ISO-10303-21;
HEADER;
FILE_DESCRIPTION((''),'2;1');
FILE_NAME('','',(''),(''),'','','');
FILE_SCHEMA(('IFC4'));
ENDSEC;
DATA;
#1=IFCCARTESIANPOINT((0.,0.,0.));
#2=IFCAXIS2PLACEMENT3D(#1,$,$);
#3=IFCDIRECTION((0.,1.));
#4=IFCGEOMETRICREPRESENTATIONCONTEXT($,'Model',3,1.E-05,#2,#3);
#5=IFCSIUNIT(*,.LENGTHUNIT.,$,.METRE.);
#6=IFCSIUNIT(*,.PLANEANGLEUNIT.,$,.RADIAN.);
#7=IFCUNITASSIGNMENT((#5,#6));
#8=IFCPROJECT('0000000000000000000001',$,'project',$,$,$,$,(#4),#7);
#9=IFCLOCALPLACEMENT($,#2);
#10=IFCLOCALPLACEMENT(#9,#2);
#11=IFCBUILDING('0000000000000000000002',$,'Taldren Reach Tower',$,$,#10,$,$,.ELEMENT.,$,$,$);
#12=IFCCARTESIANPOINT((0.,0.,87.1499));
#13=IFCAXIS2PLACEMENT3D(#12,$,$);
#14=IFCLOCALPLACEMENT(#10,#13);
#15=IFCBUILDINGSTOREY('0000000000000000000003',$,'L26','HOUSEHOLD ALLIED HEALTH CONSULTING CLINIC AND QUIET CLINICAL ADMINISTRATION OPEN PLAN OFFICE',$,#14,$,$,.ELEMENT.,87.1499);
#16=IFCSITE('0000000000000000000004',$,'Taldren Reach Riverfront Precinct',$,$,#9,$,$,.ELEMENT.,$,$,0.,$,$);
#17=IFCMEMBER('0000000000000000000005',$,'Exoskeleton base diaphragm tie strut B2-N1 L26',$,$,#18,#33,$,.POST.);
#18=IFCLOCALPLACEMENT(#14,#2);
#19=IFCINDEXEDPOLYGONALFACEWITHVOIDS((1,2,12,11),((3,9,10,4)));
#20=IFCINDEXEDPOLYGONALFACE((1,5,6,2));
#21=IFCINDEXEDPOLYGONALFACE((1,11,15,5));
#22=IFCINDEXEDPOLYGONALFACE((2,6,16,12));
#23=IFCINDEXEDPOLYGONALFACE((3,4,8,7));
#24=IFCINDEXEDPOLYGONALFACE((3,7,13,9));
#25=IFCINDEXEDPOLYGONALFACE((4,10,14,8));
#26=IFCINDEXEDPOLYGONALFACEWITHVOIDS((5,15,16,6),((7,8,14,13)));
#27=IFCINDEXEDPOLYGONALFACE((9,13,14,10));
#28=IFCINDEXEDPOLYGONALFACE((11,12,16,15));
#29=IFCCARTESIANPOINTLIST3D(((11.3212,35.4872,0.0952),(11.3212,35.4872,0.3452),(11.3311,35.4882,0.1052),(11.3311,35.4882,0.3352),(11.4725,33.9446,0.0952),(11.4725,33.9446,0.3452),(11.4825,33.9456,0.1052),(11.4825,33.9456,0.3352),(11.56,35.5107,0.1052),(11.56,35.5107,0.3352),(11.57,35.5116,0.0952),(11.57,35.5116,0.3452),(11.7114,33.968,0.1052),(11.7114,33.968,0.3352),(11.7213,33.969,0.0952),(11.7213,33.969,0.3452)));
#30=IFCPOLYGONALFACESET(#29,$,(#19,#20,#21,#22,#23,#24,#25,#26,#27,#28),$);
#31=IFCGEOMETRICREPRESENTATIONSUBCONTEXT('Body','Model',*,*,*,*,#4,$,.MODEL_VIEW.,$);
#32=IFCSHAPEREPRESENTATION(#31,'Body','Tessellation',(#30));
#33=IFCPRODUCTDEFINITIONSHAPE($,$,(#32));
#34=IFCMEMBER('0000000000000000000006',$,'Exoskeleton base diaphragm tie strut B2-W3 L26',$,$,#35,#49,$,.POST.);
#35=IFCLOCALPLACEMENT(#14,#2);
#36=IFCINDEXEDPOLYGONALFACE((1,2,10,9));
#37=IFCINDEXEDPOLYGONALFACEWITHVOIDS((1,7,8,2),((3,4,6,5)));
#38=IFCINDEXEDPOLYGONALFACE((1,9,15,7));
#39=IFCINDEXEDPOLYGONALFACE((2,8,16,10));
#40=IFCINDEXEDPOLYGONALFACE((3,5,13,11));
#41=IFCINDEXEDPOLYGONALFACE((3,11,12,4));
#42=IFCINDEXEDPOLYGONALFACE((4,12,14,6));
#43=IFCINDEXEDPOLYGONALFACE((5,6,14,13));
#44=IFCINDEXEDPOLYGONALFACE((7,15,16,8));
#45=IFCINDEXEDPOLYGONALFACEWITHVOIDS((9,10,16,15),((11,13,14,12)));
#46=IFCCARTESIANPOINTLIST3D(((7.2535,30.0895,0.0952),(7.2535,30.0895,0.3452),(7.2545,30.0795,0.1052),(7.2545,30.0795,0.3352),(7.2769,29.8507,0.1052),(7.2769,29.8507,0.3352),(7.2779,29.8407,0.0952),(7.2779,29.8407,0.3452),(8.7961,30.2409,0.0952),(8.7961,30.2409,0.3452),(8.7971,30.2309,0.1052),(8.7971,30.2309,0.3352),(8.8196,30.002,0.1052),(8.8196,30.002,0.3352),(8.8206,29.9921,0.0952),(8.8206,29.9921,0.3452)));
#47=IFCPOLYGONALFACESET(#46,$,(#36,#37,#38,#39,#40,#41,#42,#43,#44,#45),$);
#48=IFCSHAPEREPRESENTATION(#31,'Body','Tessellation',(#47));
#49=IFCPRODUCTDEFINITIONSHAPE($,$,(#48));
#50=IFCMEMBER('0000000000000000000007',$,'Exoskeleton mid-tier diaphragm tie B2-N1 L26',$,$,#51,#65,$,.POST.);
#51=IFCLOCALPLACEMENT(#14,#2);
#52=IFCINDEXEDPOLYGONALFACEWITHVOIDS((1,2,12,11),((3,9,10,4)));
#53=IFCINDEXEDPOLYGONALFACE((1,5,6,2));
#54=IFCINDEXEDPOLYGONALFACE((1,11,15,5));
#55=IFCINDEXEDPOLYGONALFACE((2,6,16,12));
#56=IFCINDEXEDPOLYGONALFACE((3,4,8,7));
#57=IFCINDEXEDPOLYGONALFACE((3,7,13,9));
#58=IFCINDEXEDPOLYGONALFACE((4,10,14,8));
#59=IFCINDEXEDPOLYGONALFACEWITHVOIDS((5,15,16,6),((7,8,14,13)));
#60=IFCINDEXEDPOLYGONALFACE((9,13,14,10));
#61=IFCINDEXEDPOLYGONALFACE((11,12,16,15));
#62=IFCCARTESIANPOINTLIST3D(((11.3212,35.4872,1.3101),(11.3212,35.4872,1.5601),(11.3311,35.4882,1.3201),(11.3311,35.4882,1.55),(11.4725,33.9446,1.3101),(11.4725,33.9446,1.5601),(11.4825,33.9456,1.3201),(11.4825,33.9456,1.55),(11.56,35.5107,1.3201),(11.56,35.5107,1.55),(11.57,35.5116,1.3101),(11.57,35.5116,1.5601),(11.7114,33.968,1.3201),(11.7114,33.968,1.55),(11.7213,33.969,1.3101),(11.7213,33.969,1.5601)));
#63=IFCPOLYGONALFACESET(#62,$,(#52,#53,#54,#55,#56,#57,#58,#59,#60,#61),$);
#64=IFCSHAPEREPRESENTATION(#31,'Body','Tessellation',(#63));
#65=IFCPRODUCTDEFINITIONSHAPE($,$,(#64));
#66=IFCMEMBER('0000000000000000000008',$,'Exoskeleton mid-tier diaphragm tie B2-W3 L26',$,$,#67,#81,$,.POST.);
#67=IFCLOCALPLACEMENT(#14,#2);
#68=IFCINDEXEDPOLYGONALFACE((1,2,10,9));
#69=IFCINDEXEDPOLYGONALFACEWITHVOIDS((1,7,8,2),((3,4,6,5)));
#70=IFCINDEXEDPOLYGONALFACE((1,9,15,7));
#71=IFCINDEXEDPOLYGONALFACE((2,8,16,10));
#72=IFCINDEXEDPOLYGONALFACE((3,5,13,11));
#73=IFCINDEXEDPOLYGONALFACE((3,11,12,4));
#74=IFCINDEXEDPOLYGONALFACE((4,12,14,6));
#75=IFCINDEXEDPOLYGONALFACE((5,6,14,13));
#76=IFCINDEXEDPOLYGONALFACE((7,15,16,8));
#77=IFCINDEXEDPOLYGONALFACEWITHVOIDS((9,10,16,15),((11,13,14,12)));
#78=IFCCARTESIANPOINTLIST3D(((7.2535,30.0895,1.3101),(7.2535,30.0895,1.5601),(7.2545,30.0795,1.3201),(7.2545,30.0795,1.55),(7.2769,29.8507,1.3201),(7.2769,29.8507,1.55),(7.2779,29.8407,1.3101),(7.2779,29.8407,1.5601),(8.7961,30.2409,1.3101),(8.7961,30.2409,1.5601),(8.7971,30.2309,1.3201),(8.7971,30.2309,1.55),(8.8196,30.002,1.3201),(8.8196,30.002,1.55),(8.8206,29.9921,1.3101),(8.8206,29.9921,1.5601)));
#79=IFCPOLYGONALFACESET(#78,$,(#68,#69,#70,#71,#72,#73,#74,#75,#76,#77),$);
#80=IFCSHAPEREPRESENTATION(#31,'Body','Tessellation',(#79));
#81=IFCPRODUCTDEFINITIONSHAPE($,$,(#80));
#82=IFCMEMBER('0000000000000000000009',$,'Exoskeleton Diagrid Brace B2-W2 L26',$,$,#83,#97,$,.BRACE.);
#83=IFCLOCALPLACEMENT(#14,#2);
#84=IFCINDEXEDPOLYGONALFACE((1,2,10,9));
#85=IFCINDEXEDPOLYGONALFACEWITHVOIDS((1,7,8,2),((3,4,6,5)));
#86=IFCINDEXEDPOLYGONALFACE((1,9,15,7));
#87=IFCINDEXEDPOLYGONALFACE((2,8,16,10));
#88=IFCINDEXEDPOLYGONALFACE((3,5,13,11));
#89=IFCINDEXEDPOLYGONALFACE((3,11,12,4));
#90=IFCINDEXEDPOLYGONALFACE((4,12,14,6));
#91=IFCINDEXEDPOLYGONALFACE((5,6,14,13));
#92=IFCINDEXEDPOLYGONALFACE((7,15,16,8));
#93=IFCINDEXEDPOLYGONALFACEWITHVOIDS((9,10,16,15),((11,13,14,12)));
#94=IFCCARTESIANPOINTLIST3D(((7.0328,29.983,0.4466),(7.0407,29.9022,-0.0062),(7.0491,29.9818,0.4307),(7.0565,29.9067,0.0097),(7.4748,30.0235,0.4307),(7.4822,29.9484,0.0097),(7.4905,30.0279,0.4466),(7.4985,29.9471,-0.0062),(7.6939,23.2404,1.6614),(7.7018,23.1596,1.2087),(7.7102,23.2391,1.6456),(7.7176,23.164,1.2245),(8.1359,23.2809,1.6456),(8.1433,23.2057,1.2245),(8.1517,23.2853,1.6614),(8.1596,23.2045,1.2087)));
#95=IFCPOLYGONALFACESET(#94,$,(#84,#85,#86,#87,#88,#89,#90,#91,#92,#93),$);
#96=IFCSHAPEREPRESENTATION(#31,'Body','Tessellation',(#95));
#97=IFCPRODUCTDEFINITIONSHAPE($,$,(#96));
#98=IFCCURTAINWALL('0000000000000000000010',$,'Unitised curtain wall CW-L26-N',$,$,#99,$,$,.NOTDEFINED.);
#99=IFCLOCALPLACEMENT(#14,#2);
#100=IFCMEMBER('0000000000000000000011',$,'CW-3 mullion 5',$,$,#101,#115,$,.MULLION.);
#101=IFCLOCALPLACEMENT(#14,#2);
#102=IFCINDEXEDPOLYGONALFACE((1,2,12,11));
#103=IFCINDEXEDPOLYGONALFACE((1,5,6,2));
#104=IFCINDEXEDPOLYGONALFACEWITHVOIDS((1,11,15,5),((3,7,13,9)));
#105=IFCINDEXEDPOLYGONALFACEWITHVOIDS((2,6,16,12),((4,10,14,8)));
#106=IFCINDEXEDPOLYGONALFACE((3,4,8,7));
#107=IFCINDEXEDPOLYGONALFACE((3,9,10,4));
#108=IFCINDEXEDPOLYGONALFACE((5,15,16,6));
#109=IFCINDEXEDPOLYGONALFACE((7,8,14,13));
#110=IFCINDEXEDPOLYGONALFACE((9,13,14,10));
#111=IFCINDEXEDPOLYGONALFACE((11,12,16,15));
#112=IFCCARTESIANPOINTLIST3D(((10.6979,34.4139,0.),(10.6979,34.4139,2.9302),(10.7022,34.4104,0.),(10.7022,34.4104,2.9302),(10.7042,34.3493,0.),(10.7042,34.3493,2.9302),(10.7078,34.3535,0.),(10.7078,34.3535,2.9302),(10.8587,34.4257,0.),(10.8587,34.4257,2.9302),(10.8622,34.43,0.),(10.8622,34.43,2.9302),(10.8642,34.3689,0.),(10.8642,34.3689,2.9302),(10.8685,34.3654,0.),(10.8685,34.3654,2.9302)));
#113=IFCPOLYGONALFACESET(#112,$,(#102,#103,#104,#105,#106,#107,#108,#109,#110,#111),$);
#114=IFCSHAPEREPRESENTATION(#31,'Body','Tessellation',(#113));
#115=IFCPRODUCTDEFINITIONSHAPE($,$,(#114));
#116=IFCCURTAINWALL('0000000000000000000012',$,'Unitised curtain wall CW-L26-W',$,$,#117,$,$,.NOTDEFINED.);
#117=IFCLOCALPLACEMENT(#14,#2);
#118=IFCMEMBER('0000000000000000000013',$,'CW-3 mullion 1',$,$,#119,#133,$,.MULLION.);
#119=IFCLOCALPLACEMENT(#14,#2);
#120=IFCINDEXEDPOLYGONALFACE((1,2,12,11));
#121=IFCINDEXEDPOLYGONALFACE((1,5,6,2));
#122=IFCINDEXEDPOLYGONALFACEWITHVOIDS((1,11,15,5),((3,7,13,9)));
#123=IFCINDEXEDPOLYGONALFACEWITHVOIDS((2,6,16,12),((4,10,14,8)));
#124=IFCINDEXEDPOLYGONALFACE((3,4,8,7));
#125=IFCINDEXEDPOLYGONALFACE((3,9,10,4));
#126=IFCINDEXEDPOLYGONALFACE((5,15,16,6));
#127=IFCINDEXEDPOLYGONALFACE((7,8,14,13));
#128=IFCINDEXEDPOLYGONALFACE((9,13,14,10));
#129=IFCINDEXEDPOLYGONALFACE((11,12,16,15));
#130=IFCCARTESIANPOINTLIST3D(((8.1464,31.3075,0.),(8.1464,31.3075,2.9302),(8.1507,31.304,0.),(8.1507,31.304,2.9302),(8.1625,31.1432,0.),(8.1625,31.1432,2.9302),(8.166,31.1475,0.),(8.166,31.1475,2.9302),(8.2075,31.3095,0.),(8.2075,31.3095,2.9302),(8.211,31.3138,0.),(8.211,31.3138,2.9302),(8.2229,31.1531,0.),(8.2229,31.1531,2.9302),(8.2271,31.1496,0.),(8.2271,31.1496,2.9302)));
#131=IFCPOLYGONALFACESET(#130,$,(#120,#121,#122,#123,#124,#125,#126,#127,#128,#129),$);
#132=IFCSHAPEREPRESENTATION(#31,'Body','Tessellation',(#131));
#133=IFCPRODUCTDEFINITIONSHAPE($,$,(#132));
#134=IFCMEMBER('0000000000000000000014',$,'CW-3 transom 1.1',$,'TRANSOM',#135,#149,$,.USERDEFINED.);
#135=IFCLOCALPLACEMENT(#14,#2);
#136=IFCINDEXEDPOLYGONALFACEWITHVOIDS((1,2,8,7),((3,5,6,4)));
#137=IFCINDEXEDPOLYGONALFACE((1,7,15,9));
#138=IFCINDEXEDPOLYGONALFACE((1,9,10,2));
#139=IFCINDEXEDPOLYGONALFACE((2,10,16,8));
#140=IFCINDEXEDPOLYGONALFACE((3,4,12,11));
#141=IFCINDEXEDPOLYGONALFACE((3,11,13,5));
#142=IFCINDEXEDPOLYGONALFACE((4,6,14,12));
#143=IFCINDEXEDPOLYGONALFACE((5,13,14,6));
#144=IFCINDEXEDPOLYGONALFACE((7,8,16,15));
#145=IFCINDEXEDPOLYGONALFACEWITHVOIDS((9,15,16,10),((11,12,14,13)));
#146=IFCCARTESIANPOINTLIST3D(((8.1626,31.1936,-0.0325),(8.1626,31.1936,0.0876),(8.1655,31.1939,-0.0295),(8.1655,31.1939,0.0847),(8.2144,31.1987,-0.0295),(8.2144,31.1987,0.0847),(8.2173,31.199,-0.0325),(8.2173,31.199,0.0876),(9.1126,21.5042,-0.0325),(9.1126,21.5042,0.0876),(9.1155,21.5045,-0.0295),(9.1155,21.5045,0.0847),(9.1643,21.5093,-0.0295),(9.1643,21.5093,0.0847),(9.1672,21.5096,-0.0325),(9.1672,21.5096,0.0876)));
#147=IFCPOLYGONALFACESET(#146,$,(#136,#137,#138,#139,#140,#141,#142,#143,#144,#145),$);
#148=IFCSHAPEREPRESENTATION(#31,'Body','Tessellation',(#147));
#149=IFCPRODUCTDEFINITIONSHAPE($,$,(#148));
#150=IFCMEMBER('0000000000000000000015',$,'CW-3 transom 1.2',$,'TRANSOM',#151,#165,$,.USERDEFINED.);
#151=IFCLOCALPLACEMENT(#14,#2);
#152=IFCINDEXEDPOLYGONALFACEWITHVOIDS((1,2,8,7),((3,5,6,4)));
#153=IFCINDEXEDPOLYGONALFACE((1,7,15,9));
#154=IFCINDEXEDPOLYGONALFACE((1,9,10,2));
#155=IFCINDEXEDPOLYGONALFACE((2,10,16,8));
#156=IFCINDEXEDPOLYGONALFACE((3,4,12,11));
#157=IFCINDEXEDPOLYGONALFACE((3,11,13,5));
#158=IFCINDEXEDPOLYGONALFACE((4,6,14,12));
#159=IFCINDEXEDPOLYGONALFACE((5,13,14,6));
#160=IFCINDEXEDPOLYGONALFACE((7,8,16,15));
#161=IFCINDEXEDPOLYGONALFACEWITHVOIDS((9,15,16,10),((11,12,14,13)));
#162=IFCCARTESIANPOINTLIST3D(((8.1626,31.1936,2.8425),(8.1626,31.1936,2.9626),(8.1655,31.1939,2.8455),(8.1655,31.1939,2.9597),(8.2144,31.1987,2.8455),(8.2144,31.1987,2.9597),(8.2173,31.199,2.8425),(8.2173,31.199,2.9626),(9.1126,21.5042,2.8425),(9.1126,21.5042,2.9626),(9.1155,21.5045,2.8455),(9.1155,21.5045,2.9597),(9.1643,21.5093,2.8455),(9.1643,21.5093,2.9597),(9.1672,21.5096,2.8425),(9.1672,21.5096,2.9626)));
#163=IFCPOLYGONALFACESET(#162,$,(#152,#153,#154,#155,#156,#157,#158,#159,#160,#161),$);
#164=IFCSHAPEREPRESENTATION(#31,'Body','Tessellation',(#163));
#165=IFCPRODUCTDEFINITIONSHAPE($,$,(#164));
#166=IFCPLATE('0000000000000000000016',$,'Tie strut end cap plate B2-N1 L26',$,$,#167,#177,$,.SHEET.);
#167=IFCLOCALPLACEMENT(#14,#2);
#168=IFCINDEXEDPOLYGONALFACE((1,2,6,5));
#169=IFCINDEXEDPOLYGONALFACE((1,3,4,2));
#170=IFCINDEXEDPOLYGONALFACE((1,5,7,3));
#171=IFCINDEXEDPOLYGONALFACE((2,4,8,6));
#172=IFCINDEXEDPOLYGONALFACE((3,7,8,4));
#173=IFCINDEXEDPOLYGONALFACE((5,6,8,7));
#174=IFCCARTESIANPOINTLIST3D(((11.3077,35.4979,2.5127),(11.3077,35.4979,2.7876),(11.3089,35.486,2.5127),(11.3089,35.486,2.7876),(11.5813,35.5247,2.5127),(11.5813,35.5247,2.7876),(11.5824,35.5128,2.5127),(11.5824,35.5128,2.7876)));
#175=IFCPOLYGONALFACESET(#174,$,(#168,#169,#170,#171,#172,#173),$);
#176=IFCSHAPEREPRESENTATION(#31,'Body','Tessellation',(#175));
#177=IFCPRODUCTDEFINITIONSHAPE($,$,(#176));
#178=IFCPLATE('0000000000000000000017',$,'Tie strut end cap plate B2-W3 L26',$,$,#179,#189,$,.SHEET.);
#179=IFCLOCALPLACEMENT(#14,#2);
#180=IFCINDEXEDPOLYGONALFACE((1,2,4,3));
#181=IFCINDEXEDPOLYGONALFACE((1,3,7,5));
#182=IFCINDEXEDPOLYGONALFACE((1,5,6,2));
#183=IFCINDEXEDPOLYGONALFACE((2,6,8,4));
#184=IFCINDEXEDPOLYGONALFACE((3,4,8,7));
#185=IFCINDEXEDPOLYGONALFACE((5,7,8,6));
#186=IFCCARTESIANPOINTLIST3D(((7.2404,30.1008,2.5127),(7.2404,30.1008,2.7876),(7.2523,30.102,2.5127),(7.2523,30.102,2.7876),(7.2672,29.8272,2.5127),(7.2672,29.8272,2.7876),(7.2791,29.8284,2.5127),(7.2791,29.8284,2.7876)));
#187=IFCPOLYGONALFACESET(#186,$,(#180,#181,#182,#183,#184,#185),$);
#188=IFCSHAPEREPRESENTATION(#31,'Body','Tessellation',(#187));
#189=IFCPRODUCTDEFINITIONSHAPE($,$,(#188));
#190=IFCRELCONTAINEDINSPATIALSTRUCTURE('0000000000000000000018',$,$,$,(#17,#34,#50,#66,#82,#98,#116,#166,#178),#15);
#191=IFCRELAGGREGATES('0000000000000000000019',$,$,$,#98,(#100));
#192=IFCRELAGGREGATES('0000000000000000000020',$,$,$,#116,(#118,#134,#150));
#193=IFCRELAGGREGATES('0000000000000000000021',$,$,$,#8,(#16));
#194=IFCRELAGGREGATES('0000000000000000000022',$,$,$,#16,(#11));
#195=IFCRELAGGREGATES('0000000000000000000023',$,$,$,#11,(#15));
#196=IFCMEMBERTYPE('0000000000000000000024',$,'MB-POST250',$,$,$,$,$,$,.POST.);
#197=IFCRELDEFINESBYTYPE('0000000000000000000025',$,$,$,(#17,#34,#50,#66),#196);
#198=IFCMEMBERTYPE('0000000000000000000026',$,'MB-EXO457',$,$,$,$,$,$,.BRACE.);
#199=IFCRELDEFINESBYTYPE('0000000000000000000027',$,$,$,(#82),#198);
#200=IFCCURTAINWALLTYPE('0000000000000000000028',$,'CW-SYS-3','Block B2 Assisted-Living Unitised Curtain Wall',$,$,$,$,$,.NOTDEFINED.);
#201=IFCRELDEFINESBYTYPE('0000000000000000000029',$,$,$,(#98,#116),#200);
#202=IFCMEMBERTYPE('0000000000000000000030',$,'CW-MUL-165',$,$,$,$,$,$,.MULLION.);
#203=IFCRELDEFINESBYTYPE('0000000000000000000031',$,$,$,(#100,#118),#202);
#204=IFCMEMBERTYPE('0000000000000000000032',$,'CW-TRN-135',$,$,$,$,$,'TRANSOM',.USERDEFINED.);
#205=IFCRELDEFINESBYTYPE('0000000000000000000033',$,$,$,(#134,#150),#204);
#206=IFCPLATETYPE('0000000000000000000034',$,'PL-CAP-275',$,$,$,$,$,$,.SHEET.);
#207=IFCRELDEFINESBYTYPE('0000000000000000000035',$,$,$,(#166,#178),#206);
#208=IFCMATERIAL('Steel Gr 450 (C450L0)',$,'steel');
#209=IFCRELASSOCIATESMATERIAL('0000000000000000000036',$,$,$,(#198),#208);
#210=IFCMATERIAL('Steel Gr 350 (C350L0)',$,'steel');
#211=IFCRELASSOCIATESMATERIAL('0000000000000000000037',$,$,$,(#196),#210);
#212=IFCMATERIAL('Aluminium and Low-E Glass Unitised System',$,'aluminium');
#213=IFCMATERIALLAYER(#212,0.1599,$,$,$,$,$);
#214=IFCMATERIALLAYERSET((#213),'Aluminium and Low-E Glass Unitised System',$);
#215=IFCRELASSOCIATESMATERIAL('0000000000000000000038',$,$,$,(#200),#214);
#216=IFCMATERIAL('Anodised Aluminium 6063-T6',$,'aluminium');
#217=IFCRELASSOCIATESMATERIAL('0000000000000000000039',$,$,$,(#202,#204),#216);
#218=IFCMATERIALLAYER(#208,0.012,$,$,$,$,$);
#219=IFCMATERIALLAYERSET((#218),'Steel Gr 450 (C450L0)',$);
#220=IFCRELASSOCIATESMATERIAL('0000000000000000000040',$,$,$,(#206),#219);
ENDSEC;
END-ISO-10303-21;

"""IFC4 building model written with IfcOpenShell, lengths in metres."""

from ifc_helpers import new_model, si_unit, direction, frame, origin, origin_2d, place, context, subcontext, project, spatial, rectangle, hollow_rectangle, extrude, source, transform, mapped, material, layer, layer_set, material_profile, profile_set, type_object, element, aggregate, save


model = new_model("IFC4")

# Units and contexts
model_context = context("Model", 3, precision=1e-05, world=origin(), true_north=direction((0.0, 1.0)))
body_context = subcontext(model_context, "Body", "Model", "MODEL_VIEW")
ifc_project = project(units=[si_unit("LENGTHUNIT", "METRE"), si_unit("PLANEANGLEUNIT", "RADIAN")], contexts=[model_context])

# Site, building, storey
site_placement = place(None, origin())
site = spatial("IfcSite", under=ifc_project, at=site_placement, Name="Taldren Reach Riverfront Precinct", CompositionType="ELEMENT", RefElevation=0.0)
building_placement = place(site_placement, origin())
building = spatial("IfcBuilding", under=site, at=building_placement, Name="Taldren Reach Tower", CompositionType="ELEMENT")
storey_placement = place(building_placement, frame((0.0, 0.0, 87.1499)))
storey = spatial("IfcBuildingStorey", under=building, at=storey_placement, Name="L26", Description="HOUSEHOLD ALLIED HEALTH CONSULTING CLINIC AND QUIET CLINICAL ADMINISTRATION OPEN PLAN OFFICE", CompositionType="ELEMENT", Elevation=87.1499)

# Members
ifc_material_1 = material(Name="Steel Gr 450 (C450L0)", Category="steel")
ifc_material_profile_1 = material_profile(ifc_material_1, hollow_rectangle(XDim=0.46, YDim=0.46, WallThickness=0.0161, at=origin_2d()), Name="460x460x16.0SHS")
ifc_profile_set_1 = profile_set([ifc_material_profile_1], Name="Steel Gr 450 (C450L0)")
member_type_1 = type_object("IfcMemberType", Name="MB-EXO457", PredefinedType="BRACE", material=ifc_profile_set_1)
ifc_material_2 = material(Name="Steel Gr 350 (C350L0)", Category="steel")
ifc_material_profile_2 = material_profile(ifc_material_2, hollow_rectangle(XDim=0.25, YDim=0.25, WallThickness=0.01, at=origin_2d()), Name="250x250x10.0SHS")
ifc_profile_set_2 = profile_set([ifc_material_profile_2], Name="Steel Gr 350 (C350L0)")
member_type_2 = type_object("IfcMemberType", Name="MB-POST250", PredefinedType="POST", material=ifc_profile_set_2)
shared_shape_1 = source(origin(), body_context, "Body", "SweptSolid", [
    extrude(hollow_rectangle(XDim=0.25, YDim=0.25, WallThickness=0.01, at=origin_2d()), origin(), (0.0, 0.0, 1.0), 1.55),
])
for number, where, z_axis, x_axis, name in (
    (1, (11.5969, 33.9568, 0.2202), (-0.097648, 0.995221, 0.0), (-0.995221, -0.097648, 0.0), "Exoskeleton base diaphragm tie strut B2-N1 L26"),
    (2, (8.8083, 30.1165, 0.2202), (-0.995221, -0.097648, 0.0), (0.097648, -0.995221, 0.0), "Exoskeleton base diaphragm tie strut B2-W3 L26"),
    (3, (11.5969, 33.9568, 1.4351), (-0.097648, 0.995221, 0.0), (-0.995221, -0.097648, 0.0), "Exoskeleton mid-tier diaphragm tie B2-N1 L26"),
    (4, (8.8083, 30.1165, 1.4351), (-0.995221, -0.097648, 0.0), (0.097648, -0.995221, 0.0), "Exoskeleton mid-tier diaphragm tie B2-W3 L26"),
):
    element("IfcMember", number, at=place(storey_placement, frame(where, z_axis=z_axis, x_axis=x_axis)), inside=storey, type_object=member_type_2, Name=name, PredefinedType="POST", context=body_context, shape_type="MappedRepresentation", body=[
        mapped(shared_shape_1, transform((0.0, 0.0, 0.0), scale=1.0)),
    ])
shared_shape_2 = source(origin(), body_context, "Body", "SweptSolid", [
    extrude(hollow_rectangle(XDim=0.46, YDim=0.46, WallThickness=0.0161, at=origin_2d()), origin(), (0.0, 0.0, 1.0), 6.8831),
])
member_1_placement = place(storey_placement, frame((7.2656, 29.9651, 0.2202), z_axis=(0.096052, -0.979603, 0.176497), x_axis=(0.995227, 0.097584, 0.0)))
element("IfcMember", 5, at=member_1_placement, inside=storey, type_object=member_type_1, Name="Exoskeleton Diagrid Brace B2-W2 L26", PredefinedType="BRACE", context=body_context, shape_type="MappedRepresentation", body=[
    mapped(shared_shape_2, transform((0.0, 0.0, 0.0), scale=1.0)),
])

# Curtain wall, member
ifc_material_3 = material(Name="Aluminium and Low-E Glass Unitised System", Category="aluminium")
ifc_layer_1 = layer(ifc_material_3, 0.1599)
ifc_layer_set_1 = layer_set([ifc_layer_1], Name="Aluminium and Low-E Glass Unitised System")
curtain_wall_type = type_object("IfcCurtainWallType", Name="CW-SYS-3", Description="Block B2 Assisted-Living Unitised Curtain Wall", PredefinedType="NOTDEFINED", material=ifc_layer_set_1)
curtain_wall_1_placement = place(storey_placement, origin())
curtain_wall_1 = element("IfcCurtainWall", 6, at=curtain_wall_1_placement, inside=storey, type_object=curtain_wall_type, Name="Unitised curtain wall CW-L26-N", PredefinedType="NOTDEFINED")
ifc_material_4 = material(Name="Anodised Aluminium 6063-T6", Category="aluminium")
ifc_material_profile_3 = material_profile(ifc_material_4, hollow_rectangle(XDim=0.0649, YDim=0.165, WallThickness=0.0039, at=origin_2d()), Name="ALU-165x65x4RHS")
ifc_profile_set_3 = profile_set([ifc_material_profile_3], Name="Anodised Aluminium 6063-T6")
member_type_3 = type_object("IfcMemberType", Name="CW-MUL-165", PredefinedType="MULLION", material=ifc_profile_set_3)
shared_shape_3 = source(origin(), body_context, "Body", "SweptSolid", [
    extrude(hollow_rectangle(XDim=0.0649, YDim=0.165, WallThickness=0.0039, at=origin_2d()), origin(), (0.0, 0.0, 1.0), 2.9302),
])
member_2_placement = place(storey_placement, frame((10.7832, 34.3896, 0.0), z_axis=(0.0, 0.0, 1.0), x_axis=(0.097583, -0.995227, 0.0)))
member_2 = element("IfcMember", 7, at=member_2_placement, type_object=member_type_3, Name="CW-3 mullion 5", PredefinedType="MULLION", context=body_context, shape_type="MappedRepresentation", body=[
    mapped(shared_shape_3, transform((0.0, 0.0, 0.0), scale=1.0)),
])

# Curtain wall, members
curtain_wall_2_placement = place(storey_placement, origin())
curtain_wall_2 = element("IfcCurtainWall", 8, at=curtain_wall_2_placement, inside=storey, type_object=curtain_wall_type, Name="Unitised curtain wall CW-L26-W", PredefinedType="NOTDEFINED")
member_3_placement = place(storey_placement, frame((8.1868, 31.2285, 0.0), z_axis=(0.0, 0.0, 1.0), x_axis=(0.995227, 0.097583, 0.0)))
member_3 = element("IfcMember", 9, at=member_3_placement, type_object=member_type_3, Name="CW-3 mullion 1", PredefinedType="MULLION", context=body_context, shape_type="MappedRepresentation", body=[
    mapped(shared_shape_3, transform((0.0, 0.0, 0.0), scale=1.0)),
])
ifc_material_profile_4 = material_profile(ifc_material_4, hollow_rectangle(XDim=0.0549, YDim=0.1201, WallThickness=0.0029, at=origin_2d()), Name="ALU-120x55x3RHS")
ifc_profile_set_4 = profile_set([ifc_material_profile_4], Name="Anodised Aluminium 6063-T6")
member_type_4 = type_object("IfcMemberType", Name="CW-TRN-135", ElementType="TRANSOM", PredefinedType="USERDEFINED", material=ifc_profile_set_4)
shared_shape_4 = source(origin(), body_context, "Body", "SweptSolid", [
    extrude(hollow_rectangle(XDim=0.0549, YDim=0.1201, WallThickness=0.0029, at=origin_2d()), origin(), (0.0, 0.0, 1.0), 9.7358),
])
member_4_placement = place(storey_placement, frame((8.1899, 31.1963, 0.0276), z_axis=(0.097572, -0.995228, 0.0), x_axis=(0.995228, 0.097572, 0.0)))
member_4 = element("IfcMember", 10, at=member_4_placement, type_object=member_type_4, Name="CW-3 transom 1.1", ObjectType="TRANSOM", PredefinedType="USERDEFINED", context=body_context, shape_type="MappedRepresentation", body=[
    mapped(shared_shape_4, transform((0.0, 0.0, 0.0), scale=1.0)),
])
member_5_placement = place(storey_placement, frame((8.1899, 31.1963, 2.9026), z_axis=(0.097572, -0.995228, 0.0), x_axis=(0.995228, 0.097572, 0.0)))
member_5 = element("IfcMember", 11, at=member_5_placement, type_object=member_type_4, Name="CW-3 transom 1.2", ObjectType="TRANSOM", PredefinedType="USERDEFINED", context=body_context, shape_type="MappedRepresentation", body=[
    mapped(shared_shape_4, transform((0.0, 0.0, 0.0), scale=1.0)),
])

# Plates
ifc_layer_2 = layer(ifc_material_1, 0.012)
ifc_layer_set_2 = layer_set([ifc_layer_2], Name="Steel Gr 450 (C450L0)")
plate_type_1 = type_object("IfcPlateType", Name="PL-CAP-275", PredefinedType="SHEET", material=ifc_layer_set_2)
shared_shape_5 = source(origin(), body_context, "Body", "SweptSolid", [
    extrude(rectangle(XDim=0.2749, YDim=0.012, at=origin_2d()), origin(), (0.0, 0.0, 1.0), 0.2749),
])
plate_1_placement = place(storey_placement, frame((11.4451, 35.5054, 2.5127), z_axis=(0.0, 0.0, 1.0), x_axis=(0.995227, 0.097583, 0.0)))
element("IfcPlate", 12, at=plate_1_placement, inside=storey, type_object=plate_type_1, Name="Tie strut end cap plate B2-N1 L26", PredefinedType="SHEET", context=body_context, shape_type="MappedRepresentation", body=[
    mapped(shared_shape_5, transform((0.0, 0.0, 0.0), scale=1.0)),
])
shared_shape_6 = source(origin(), body_context, "Body", "SweptSolid", [
    extrude(rectangle(XDim=0.012, YDim=0.2749, at=origin_2d()), origin(), (0.0, 0.0, 1.0), 0.2749),
])
plate_2_placement = place(storey_placement, frame((7.2598, 29.9646, 2.5127), z_axis=(0.0, 0.0, 1.0), x_axis=(0.995227, 0.097583, 0.0)))
element("IfcPlate", 13, at=plate_2_placement, inside=storey, type_object=plate_type_1, Name="Tie strut end cap plate B2-W3 L26", PredefinedType="SHEET", context=body_context, shape_type="MappedRepresentation", body=[
    mapped(shared_shape_6, transform((0.0, 0.0, 0.0), scale=1.0)),
])

aggregate(curtain_wall_1, [member_2])
aggregate(curtain_wall_2, [member_3, member_4, member_5])

save(model, "model.ifc")
